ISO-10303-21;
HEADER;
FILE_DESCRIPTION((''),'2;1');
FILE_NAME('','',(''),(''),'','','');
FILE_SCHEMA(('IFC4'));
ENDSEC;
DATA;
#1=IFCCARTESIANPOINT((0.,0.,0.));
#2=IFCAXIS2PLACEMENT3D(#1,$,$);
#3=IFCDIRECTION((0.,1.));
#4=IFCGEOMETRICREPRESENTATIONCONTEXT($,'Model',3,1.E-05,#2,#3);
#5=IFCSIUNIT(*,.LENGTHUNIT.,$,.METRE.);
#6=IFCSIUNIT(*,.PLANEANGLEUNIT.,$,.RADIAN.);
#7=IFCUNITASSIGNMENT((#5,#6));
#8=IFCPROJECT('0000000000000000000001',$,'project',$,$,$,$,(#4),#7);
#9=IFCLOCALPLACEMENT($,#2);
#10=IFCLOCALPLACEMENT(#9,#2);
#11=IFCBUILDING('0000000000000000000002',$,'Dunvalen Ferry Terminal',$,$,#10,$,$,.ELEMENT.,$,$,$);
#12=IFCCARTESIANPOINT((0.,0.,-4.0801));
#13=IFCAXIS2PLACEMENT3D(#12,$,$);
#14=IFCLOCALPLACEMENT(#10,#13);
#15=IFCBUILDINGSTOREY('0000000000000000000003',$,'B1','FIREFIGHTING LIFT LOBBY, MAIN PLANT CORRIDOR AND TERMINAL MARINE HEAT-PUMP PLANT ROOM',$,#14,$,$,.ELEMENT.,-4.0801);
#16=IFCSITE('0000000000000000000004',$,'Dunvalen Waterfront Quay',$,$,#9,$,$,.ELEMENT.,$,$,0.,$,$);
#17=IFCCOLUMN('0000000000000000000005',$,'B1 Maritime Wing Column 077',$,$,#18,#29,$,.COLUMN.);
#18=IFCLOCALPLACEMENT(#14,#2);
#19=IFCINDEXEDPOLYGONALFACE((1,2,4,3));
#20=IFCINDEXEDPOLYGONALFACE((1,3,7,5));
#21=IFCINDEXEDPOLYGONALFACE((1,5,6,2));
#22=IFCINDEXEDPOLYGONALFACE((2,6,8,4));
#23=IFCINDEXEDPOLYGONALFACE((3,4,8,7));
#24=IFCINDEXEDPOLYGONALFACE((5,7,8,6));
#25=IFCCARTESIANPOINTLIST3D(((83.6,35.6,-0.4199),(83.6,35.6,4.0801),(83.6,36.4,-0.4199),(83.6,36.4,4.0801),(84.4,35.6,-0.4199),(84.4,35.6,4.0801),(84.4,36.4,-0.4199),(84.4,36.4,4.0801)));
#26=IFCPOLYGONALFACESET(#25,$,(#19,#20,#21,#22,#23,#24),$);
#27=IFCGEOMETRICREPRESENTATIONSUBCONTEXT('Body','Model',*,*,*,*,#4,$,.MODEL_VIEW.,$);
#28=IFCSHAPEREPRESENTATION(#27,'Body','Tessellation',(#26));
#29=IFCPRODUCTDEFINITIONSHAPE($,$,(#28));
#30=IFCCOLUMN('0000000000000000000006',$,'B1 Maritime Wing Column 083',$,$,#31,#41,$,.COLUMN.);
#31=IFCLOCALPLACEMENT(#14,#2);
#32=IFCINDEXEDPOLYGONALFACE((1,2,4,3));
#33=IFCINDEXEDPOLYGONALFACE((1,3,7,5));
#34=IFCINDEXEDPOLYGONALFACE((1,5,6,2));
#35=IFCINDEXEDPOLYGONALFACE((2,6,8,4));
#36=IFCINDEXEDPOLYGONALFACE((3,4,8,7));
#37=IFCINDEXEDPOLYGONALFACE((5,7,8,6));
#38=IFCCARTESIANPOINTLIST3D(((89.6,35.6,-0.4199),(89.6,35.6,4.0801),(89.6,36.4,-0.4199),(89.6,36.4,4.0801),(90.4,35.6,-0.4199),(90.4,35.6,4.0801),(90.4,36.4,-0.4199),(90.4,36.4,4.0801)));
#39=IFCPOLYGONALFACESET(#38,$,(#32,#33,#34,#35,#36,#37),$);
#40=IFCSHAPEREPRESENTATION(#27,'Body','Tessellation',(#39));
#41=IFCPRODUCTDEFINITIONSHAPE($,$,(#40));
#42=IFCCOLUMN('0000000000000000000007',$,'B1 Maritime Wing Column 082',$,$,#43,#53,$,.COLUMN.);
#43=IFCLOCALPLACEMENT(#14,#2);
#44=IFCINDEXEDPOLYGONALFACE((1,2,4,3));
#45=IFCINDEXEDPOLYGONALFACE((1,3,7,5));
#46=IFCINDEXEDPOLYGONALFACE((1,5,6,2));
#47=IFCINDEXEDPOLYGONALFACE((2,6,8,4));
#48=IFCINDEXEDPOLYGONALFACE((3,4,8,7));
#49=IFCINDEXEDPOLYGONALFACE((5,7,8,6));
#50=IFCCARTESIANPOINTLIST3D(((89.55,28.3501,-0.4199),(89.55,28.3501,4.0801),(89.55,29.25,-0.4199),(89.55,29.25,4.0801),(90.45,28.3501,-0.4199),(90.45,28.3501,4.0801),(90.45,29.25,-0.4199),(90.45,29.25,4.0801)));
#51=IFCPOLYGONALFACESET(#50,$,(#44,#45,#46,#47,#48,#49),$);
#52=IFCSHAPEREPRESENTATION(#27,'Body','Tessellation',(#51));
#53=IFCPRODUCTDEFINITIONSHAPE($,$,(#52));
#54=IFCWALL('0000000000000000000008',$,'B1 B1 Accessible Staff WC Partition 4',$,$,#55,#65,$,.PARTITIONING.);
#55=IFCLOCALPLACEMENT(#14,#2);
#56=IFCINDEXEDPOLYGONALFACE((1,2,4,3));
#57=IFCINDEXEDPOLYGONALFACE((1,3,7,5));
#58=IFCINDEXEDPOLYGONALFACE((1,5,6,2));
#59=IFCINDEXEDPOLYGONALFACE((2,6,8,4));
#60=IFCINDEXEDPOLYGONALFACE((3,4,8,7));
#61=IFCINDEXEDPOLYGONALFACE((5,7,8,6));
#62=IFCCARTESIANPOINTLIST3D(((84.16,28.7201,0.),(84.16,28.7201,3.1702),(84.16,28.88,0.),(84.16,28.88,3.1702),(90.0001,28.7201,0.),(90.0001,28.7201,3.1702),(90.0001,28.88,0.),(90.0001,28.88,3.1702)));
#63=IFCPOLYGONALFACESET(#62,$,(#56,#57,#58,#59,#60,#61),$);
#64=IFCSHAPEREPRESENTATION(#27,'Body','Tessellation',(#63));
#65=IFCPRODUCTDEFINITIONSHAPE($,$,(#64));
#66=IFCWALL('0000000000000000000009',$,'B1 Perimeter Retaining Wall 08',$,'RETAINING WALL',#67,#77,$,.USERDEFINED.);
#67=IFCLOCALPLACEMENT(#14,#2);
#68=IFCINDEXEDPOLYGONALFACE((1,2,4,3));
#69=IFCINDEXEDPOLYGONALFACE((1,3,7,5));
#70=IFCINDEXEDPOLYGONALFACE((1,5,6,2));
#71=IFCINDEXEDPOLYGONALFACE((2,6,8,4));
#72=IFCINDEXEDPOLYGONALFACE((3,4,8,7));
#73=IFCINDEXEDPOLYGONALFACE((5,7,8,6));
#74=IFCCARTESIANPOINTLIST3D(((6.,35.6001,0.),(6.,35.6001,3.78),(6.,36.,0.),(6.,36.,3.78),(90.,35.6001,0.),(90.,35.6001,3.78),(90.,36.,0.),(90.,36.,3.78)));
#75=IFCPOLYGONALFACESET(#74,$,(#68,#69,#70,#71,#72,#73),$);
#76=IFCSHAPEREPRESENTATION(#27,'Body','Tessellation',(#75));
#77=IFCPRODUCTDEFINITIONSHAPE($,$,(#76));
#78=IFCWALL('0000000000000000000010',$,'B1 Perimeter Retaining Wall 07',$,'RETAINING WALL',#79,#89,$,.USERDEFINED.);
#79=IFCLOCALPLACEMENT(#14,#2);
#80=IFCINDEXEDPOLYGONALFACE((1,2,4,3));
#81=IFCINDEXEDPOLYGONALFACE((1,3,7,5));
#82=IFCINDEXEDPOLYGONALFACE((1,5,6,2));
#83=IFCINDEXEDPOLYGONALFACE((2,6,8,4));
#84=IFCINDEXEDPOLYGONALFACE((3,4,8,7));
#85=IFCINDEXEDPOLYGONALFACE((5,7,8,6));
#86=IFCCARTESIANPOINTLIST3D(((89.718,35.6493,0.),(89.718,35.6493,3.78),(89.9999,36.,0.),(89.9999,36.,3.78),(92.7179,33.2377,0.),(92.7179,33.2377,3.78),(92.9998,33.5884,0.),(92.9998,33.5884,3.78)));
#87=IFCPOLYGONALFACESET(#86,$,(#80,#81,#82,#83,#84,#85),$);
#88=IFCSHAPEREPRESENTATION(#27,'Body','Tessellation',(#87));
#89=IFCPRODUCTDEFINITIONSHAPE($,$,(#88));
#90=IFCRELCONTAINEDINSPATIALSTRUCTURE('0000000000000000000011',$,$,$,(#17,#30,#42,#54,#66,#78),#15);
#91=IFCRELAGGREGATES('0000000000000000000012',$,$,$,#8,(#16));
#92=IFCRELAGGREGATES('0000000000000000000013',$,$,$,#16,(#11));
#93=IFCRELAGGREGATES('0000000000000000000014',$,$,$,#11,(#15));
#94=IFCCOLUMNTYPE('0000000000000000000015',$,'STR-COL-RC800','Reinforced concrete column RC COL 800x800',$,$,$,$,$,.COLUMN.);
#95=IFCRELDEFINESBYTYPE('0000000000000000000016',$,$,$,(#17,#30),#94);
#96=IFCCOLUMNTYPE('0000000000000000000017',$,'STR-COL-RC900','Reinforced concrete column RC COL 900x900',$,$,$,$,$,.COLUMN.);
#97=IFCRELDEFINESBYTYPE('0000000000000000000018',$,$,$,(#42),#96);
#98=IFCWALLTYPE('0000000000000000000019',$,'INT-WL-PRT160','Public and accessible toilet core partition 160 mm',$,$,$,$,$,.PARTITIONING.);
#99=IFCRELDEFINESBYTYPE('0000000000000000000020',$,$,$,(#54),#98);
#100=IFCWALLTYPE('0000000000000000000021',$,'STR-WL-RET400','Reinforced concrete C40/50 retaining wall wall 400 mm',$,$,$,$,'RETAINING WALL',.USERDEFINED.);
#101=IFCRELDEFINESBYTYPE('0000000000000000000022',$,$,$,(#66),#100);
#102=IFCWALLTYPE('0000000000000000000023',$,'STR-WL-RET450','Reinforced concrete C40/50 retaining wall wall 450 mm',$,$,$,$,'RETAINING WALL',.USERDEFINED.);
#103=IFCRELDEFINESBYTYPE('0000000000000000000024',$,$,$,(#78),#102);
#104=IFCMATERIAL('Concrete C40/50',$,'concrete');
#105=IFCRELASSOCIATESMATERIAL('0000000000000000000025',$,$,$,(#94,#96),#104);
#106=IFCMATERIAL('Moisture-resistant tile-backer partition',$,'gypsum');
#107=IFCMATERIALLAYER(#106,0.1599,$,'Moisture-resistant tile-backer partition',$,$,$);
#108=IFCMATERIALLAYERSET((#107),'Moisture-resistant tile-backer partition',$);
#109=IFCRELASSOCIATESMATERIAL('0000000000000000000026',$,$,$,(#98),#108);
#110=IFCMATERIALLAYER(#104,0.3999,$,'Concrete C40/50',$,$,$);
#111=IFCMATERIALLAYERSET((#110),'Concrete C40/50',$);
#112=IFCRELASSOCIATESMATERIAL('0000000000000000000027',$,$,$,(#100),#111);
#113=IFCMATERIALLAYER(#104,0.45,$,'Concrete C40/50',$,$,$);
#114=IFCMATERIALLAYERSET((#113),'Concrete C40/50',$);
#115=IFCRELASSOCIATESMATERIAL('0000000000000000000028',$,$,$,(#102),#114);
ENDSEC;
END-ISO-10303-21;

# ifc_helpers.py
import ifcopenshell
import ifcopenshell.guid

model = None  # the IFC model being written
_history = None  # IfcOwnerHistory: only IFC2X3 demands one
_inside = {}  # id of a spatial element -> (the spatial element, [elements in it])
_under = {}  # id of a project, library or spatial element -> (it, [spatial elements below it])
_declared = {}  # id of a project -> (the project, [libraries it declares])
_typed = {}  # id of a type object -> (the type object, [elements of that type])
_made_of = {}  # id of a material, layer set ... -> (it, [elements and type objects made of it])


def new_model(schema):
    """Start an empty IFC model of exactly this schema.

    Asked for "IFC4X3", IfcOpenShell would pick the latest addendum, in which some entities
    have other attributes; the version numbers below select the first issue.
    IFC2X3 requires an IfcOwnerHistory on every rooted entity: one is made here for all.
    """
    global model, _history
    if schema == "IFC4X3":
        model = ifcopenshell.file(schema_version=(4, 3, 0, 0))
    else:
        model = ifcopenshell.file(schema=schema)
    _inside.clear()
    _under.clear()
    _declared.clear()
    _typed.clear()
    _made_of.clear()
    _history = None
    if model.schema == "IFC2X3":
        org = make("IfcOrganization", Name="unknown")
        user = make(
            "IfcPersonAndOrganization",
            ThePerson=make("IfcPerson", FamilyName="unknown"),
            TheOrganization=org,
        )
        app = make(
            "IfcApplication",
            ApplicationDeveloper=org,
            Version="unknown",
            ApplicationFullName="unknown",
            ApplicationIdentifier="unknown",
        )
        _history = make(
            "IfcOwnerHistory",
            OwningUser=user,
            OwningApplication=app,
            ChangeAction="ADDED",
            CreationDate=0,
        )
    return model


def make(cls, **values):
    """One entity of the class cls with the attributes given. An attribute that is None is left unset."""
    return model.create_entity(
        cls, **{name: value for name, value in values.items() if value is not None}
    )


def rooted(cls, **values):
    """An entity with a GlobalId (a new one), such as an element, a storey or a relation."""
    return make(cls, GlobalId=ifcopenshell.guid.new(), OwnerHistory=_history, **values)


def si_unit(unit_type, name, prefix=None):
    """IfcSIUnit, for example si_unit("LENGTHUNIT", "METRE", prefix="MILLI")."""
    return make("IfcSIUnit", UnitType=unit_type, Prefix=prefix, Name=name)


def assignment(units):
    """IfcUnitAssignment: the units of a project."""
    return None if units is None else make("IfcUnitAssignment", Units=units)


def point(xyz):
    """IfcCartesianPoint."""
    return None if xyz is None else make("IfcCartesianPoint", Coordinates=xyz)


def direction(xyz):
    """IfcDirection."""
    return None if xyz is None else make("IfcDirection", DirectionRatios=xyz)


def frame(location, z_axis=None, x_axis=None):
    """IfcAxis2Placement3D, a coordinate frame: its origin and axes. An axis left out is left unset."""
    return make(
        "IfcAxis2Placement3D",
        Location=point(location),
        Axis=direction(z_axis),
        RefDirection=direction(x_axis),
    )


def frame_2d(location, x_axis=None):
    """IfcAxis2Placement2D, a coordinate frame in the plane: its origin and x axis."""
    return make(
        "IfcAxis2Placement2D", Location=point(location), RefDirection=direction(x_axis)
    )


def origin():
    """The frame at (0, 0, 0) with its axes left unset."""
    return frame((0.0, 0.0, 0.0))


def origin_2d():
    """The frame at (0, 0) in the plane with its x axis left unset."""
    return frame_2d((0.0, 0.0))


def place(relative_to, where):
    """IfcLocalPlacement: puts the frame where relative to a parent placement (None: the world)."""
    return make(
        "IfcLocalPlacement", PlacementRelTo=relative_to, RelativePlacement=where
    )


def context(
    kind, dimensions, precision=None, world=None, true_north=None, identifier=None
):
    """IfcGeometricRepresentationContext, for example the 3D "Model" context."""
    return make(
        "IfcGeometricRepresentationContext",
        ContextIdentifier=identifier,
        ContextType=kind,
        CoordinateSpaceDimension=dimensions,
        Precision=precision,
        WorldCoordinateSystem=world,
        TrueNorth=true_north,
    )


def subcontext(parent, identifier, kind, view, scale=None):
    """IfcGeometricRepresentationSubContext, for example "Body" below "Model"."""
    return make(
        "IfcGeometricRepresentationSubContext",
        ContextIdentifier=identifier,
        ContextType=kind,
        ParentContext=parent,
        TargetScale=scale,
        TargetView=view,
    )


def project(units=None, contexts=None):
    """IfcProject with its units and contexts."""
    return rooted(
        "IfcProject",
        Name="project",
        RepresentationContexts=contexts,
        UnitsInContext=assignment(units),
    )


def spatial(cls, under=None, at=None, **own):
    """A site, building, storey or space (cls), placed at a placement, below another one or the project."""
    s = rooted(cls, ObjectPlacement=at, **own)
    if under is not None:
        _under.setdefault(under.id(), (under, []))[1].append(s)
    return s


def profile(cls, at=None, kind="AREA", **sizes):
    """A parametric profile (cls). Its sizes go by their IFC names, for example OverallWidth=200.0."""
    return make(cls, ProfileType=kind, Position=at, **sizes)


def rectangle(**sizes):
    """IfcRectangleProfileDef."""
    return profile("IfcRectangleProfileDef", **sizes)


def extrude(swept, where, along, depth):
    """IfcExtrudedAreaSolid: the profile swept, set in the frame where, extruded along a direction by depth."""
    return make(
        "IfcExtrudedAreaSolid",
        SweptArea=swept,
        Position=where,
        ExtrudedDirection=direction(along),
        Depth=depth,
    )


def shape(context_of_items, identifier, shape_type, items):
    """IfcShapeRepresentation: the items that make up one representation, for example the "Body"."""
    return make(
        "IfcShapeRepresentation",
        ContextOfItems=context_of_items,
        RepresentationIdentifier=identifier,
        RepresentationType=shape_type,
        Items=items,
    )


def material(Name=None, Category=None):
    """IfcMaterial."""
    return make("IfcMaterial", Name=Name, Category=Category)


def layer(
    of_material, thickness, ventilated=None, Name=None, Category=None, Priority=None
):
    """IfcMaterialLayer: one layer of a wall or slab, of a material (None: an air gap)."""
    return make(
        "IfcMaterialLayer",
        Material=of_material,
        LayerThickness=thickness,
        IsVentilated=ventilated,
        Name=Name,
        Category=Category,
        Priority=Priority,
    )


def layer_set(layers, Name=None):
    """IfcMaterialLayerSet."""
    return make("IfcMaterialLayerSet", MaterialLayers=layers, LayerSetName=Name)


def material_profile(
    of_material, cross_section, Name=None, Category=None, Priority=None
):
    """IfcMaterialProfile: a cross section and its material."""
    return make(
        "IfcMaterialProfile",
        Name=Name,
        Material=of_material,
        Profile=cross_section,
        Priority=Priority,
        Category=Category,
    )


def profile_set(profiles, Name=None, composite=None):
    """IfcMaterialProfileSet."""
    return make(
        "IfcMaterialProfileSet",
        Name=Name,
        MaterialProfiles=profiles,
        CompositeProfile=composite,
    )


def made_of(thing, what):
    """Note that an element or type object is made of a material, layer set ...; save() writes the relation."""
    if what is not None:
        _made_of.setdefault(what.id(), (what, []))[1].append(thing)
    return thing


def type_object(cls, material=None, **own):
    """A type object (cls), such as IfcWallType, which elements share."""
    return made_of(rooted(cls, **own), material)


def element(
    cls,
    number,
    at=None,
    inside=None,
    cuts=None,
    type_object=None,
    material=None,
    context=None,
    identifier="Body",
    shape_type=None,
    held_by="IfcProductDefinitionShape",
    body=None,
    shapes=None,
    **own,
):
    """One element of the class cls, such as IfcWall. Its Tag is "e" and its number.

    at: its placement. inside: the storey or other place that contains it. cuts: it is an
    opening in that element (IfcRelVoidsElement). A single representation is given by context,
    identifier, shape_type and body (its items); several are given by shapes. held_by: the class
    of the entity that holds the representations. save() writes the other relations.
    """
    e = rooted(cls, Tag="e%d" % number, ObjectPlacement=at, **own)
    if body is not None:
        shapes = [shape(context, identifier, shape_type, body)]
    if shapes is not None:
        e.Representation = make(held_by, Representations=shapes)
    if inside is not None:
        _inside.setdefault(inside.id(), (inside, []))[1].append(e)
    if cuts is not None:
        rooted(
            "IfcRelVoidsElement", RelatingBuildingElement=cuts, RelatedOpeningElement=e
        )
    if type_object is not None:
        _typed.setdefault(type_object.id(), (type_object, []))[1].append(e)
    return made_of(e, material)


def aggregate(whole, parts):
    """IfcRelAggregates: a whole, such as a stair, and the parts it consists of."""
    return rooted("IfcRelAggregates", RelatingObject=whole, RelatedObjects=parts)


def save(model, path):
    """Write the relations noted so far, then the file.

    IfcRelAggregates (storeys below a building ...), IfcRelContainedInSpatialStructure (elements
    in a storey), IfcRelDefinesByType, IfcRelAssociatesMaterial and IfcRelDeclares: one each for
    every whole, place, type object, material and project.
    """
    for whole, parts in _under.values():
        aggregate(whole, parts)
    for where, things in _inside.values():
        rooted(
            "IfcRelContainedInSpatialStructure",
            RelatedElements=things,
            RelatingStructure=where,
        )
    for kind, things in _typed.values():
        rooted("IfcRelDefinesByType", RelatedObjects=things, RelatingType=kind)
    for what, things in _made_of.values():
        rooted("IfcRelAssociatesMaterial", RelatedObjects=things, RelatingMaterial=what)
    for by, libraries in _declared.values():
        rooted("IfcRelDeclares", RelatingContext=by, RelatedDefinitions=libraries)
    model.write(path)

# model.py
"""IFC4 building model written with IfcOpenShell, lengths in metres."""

from ifc_helpers import new_model, si_unit, direction, frame, frame_2d, origin, origin_2d, place, context, subcontext, project, spatial, rectangle, extrude, material, layer, layer_set, material_profile, profile_set, type_object, element, save


model = new_model("IFC4")

# Units and contexts
model_context = context("Model", 3, precision=1e-05, world=origin(), true_north=direction((0.0, 1.0)))
body_context = subcontext(model_context, "Body", "Model", "MODEL_VIEW")
ifc_project = project(units=[si_unit("LENGTHUNIT", "METRE"), si_unit("PLANEANGLEUNIT", "RADIAN")], contexts=[model_context])

# Site, building, storey
site_placement = place(None, origin())
site = spatial("IfcSite", under=ifc_project, at=site_placement, Name="Dunvalen Waterfront Quay", CompositionType="ELEMENT", RefElevation=0.0)
building_placement = place(site_placement, origin())
building = spatial("IfcBuilding", under=site, at=building_placement, Name="Dunvalen Ferry Terminal", CompositionType="ELEMENT")
storey_placement = place(building_placement, frame((0.0, 0.0, -4.0801)))
storey = spatial("IfcBuildingStorey", under=building, at=storey_placement, Name="B1", Description="FIREFIGHTING LIFT LOBBY, MAIN PLANT CORRIDOR AND TERMINAL MARINE HEAT-PUMP PLANT ROOM", CompositionType="ELEMENT", Elevation=-4.0801)

# Shared definitions
ifc_material_1 = material(Name="Concrete C40/50", Category="concrete")

# Columns
ifc_material_profile_1 = material_profile(ifc_material_1, rectangle(XDim=0.8, YDim=0.8, at=origin_2d()), Name="Concrete C40/50")
ifc_profile_set_1 = profile_set([ifc_material_profile_1], Name="Concrete C40/50")
column_type_1 = type_object("IfcColumnType", Name="STR-COL-RC800", Description="Reinforced concrete column RC COL 800x800", PredefinedType="COLUMN", material=ifc_profile_set_1)
for number, where, z_axis, x_axis, name in (
    (1, (84.0, 36.0, -0.4199), (0.0, 0.0, 1.0), (1.0, 0.0, 0.0), "B1 Maritime Wing Column 077"),
    (2, (90.0, 36.0, -0.4199), (0.0, 0.0, 1.0), (1.0, 0.0, 0.0), "B1 Maritime Wing Column 083"),
):
    element("IfcColumn", number, at=place(storey_placement, frame(where, z_axis=z_axis, x_axis=x_axis)), inside=storey, type_object=column_type_1, Name=name, PredefinedType="COLUMN", context=body_context, shape_type="SweptSolid", body=[
        extrude(rectangle(XDim=0.8, YDim=0.8, at=origin_2d()), origin(), (0.0, 0.0, 1.0), 4.5),
    ])
ifc_material_profile_2 = material_profile(ifc_material_1, rectangle(XDim=0.8999, YDim=0.8999, at=origin_2d()), Name="Concrete C40/50")
ifc_profile_set_2 = profile_set([ifc_material_profile_2], Name="Concrete C40/50")
column_type_2 = type_object("IfcColumnType", Name="STR-COL-RC900", Description="Reinforced concrete column RC COL 900x900", PredefinedType="COLUMN", material=ifc_profile_set_2)
column_placement = place(storey_placement, frame((90.0, 28.8, -0.4199), z_axis=(0.0, 0.0, 1.0), x_axis=(1.0, 0.0, 0.0)))
element("IfcColumn", 3, at=column_placement, inside=storey, type_object=column_type_2, Name="B1 Maritime Wing Column 082", PredefinedType="COLUMN", context=body_context, shape_type="SweptSolid", body=[
    extrude(rectangle(XDim=0.8999, YDim=0.8999, at=origin_2d()), origin(), (0.0, 0.0, 1.0), 4.5),
])

# Walls
ifc_material_2 = material(Name="Moisture-resistant tile-backer partition", Category="gypsum")
ifc_layer_1 = layer(ifc_material_2, 0.1599, Name="Moisture-resistant tile-backer partition")
ifc_layer_set_1 = layer_set([ifc_layer_1], Name="Moisture-resistant tile-backer partition")
wall_type_1 = type_object("IfcWallType", Name="INT-WL-PRT160", Description="Public and accessible toilet core partition 160 mm", PredefinedType="PARTITIONING", material=ifc_layer_set_1)
wall_1_placement = place(storey_placement, frame((90.0, 28.8, 0.0), z_axis=(0.0, 0.0, 1.0), x_axis=(-1.0, 0.0, 0.0)))
element("IfcWall", 4, at=wall_1_placement, inside=storey, type_object=wall_type_1, Name="B1 B1 Accessible Staff WC Partition 4", PredefinedType="PARTITIONING", context=body_context, shape_type="SweptSolid", body=[
    extrude(rectangle(XDim=5.8401, YDim=0.1599, at=frame_2d((2.9199, 0.0))), origin(), (0.0, 0.0, 1.0), 3.1702),
])
ifc_layer_2 = layer(ifc_material_1, 0.3999, Name="Concrete C40/50")
ifc_layer_set_2 = layer_set([ifc_layer_2], Name="Concrete C40/50")
wall_type_2 = type_object("IfcWallType", Name="STR-WL-RET400", Description="Reinforced concrete C40/50 retaining wall wall 400 mm", ElementType="RETAINING WALL", PredefinedType="USERDEFINED", material=ifc_layer_set_2)
wall_2_placement = place(storey_placement, frame((90.0, 35.8, 0.0), z_axis=(0.0, 0.0, 1.0), x_axis=(-1.0, 0.0, 0.0)))
element("IfcWall", 5, at=wall_2_placement, inside=storey, type_object=wall_type_2, Name="B1 Perimeter Retaining Wall 08", ObjectType="RETAINING WALL", PredefinedType="USERDEFINED", context=body_context, shape_type="SweptSolid", body=[
    extrude(rectangle(XDim=84.0, YDim=0.3999, at=frame_2d((42.0, 0.0))), origin(), (0.0, 0.0, 1.0), 3.78),
])
ifc_layer_3 = layer(ifc_material_1, 0.45, Name="Concrete C40/50")
ifc_layer_set_3 = layer_set([ifc_layer_3], Name="Concrete C40/50")
wall_type_3 = type_object("IfcWallType", Name="STR-WL-RET450", Description="Reinforced concrete C40/50 retaining wall wall 450 mm", ElementType="RETAINING WALL", PredefinedType="USERDEFINED", material=ifc_layer_set_3)
wall_3_placement = place(storey_placement, frame((92.8589, 33.4131, 0.0), z_axis=(0.0, 0.0, 1.0), x_axis=(-0.779394, 0.626534, 0.0)))
element("IfcWall", 6, at=wall_3_placement, inside=storey, type_object=wall_type_3, Name="B1 Perimeter Retaining Wall 07", ObjectType="RETAINING WALL", PredefinedType="USERDEFINED", context=body_context, shape_type="SweptSolid", body=[
    extrude(rectangle(XDim=3.8491, YDim=0.45, at=frame_2d((1.9246, 0.0))), origin(), (0.0, 0.0, 1.0), 3.78),
])

save(model, "model.ifc")
